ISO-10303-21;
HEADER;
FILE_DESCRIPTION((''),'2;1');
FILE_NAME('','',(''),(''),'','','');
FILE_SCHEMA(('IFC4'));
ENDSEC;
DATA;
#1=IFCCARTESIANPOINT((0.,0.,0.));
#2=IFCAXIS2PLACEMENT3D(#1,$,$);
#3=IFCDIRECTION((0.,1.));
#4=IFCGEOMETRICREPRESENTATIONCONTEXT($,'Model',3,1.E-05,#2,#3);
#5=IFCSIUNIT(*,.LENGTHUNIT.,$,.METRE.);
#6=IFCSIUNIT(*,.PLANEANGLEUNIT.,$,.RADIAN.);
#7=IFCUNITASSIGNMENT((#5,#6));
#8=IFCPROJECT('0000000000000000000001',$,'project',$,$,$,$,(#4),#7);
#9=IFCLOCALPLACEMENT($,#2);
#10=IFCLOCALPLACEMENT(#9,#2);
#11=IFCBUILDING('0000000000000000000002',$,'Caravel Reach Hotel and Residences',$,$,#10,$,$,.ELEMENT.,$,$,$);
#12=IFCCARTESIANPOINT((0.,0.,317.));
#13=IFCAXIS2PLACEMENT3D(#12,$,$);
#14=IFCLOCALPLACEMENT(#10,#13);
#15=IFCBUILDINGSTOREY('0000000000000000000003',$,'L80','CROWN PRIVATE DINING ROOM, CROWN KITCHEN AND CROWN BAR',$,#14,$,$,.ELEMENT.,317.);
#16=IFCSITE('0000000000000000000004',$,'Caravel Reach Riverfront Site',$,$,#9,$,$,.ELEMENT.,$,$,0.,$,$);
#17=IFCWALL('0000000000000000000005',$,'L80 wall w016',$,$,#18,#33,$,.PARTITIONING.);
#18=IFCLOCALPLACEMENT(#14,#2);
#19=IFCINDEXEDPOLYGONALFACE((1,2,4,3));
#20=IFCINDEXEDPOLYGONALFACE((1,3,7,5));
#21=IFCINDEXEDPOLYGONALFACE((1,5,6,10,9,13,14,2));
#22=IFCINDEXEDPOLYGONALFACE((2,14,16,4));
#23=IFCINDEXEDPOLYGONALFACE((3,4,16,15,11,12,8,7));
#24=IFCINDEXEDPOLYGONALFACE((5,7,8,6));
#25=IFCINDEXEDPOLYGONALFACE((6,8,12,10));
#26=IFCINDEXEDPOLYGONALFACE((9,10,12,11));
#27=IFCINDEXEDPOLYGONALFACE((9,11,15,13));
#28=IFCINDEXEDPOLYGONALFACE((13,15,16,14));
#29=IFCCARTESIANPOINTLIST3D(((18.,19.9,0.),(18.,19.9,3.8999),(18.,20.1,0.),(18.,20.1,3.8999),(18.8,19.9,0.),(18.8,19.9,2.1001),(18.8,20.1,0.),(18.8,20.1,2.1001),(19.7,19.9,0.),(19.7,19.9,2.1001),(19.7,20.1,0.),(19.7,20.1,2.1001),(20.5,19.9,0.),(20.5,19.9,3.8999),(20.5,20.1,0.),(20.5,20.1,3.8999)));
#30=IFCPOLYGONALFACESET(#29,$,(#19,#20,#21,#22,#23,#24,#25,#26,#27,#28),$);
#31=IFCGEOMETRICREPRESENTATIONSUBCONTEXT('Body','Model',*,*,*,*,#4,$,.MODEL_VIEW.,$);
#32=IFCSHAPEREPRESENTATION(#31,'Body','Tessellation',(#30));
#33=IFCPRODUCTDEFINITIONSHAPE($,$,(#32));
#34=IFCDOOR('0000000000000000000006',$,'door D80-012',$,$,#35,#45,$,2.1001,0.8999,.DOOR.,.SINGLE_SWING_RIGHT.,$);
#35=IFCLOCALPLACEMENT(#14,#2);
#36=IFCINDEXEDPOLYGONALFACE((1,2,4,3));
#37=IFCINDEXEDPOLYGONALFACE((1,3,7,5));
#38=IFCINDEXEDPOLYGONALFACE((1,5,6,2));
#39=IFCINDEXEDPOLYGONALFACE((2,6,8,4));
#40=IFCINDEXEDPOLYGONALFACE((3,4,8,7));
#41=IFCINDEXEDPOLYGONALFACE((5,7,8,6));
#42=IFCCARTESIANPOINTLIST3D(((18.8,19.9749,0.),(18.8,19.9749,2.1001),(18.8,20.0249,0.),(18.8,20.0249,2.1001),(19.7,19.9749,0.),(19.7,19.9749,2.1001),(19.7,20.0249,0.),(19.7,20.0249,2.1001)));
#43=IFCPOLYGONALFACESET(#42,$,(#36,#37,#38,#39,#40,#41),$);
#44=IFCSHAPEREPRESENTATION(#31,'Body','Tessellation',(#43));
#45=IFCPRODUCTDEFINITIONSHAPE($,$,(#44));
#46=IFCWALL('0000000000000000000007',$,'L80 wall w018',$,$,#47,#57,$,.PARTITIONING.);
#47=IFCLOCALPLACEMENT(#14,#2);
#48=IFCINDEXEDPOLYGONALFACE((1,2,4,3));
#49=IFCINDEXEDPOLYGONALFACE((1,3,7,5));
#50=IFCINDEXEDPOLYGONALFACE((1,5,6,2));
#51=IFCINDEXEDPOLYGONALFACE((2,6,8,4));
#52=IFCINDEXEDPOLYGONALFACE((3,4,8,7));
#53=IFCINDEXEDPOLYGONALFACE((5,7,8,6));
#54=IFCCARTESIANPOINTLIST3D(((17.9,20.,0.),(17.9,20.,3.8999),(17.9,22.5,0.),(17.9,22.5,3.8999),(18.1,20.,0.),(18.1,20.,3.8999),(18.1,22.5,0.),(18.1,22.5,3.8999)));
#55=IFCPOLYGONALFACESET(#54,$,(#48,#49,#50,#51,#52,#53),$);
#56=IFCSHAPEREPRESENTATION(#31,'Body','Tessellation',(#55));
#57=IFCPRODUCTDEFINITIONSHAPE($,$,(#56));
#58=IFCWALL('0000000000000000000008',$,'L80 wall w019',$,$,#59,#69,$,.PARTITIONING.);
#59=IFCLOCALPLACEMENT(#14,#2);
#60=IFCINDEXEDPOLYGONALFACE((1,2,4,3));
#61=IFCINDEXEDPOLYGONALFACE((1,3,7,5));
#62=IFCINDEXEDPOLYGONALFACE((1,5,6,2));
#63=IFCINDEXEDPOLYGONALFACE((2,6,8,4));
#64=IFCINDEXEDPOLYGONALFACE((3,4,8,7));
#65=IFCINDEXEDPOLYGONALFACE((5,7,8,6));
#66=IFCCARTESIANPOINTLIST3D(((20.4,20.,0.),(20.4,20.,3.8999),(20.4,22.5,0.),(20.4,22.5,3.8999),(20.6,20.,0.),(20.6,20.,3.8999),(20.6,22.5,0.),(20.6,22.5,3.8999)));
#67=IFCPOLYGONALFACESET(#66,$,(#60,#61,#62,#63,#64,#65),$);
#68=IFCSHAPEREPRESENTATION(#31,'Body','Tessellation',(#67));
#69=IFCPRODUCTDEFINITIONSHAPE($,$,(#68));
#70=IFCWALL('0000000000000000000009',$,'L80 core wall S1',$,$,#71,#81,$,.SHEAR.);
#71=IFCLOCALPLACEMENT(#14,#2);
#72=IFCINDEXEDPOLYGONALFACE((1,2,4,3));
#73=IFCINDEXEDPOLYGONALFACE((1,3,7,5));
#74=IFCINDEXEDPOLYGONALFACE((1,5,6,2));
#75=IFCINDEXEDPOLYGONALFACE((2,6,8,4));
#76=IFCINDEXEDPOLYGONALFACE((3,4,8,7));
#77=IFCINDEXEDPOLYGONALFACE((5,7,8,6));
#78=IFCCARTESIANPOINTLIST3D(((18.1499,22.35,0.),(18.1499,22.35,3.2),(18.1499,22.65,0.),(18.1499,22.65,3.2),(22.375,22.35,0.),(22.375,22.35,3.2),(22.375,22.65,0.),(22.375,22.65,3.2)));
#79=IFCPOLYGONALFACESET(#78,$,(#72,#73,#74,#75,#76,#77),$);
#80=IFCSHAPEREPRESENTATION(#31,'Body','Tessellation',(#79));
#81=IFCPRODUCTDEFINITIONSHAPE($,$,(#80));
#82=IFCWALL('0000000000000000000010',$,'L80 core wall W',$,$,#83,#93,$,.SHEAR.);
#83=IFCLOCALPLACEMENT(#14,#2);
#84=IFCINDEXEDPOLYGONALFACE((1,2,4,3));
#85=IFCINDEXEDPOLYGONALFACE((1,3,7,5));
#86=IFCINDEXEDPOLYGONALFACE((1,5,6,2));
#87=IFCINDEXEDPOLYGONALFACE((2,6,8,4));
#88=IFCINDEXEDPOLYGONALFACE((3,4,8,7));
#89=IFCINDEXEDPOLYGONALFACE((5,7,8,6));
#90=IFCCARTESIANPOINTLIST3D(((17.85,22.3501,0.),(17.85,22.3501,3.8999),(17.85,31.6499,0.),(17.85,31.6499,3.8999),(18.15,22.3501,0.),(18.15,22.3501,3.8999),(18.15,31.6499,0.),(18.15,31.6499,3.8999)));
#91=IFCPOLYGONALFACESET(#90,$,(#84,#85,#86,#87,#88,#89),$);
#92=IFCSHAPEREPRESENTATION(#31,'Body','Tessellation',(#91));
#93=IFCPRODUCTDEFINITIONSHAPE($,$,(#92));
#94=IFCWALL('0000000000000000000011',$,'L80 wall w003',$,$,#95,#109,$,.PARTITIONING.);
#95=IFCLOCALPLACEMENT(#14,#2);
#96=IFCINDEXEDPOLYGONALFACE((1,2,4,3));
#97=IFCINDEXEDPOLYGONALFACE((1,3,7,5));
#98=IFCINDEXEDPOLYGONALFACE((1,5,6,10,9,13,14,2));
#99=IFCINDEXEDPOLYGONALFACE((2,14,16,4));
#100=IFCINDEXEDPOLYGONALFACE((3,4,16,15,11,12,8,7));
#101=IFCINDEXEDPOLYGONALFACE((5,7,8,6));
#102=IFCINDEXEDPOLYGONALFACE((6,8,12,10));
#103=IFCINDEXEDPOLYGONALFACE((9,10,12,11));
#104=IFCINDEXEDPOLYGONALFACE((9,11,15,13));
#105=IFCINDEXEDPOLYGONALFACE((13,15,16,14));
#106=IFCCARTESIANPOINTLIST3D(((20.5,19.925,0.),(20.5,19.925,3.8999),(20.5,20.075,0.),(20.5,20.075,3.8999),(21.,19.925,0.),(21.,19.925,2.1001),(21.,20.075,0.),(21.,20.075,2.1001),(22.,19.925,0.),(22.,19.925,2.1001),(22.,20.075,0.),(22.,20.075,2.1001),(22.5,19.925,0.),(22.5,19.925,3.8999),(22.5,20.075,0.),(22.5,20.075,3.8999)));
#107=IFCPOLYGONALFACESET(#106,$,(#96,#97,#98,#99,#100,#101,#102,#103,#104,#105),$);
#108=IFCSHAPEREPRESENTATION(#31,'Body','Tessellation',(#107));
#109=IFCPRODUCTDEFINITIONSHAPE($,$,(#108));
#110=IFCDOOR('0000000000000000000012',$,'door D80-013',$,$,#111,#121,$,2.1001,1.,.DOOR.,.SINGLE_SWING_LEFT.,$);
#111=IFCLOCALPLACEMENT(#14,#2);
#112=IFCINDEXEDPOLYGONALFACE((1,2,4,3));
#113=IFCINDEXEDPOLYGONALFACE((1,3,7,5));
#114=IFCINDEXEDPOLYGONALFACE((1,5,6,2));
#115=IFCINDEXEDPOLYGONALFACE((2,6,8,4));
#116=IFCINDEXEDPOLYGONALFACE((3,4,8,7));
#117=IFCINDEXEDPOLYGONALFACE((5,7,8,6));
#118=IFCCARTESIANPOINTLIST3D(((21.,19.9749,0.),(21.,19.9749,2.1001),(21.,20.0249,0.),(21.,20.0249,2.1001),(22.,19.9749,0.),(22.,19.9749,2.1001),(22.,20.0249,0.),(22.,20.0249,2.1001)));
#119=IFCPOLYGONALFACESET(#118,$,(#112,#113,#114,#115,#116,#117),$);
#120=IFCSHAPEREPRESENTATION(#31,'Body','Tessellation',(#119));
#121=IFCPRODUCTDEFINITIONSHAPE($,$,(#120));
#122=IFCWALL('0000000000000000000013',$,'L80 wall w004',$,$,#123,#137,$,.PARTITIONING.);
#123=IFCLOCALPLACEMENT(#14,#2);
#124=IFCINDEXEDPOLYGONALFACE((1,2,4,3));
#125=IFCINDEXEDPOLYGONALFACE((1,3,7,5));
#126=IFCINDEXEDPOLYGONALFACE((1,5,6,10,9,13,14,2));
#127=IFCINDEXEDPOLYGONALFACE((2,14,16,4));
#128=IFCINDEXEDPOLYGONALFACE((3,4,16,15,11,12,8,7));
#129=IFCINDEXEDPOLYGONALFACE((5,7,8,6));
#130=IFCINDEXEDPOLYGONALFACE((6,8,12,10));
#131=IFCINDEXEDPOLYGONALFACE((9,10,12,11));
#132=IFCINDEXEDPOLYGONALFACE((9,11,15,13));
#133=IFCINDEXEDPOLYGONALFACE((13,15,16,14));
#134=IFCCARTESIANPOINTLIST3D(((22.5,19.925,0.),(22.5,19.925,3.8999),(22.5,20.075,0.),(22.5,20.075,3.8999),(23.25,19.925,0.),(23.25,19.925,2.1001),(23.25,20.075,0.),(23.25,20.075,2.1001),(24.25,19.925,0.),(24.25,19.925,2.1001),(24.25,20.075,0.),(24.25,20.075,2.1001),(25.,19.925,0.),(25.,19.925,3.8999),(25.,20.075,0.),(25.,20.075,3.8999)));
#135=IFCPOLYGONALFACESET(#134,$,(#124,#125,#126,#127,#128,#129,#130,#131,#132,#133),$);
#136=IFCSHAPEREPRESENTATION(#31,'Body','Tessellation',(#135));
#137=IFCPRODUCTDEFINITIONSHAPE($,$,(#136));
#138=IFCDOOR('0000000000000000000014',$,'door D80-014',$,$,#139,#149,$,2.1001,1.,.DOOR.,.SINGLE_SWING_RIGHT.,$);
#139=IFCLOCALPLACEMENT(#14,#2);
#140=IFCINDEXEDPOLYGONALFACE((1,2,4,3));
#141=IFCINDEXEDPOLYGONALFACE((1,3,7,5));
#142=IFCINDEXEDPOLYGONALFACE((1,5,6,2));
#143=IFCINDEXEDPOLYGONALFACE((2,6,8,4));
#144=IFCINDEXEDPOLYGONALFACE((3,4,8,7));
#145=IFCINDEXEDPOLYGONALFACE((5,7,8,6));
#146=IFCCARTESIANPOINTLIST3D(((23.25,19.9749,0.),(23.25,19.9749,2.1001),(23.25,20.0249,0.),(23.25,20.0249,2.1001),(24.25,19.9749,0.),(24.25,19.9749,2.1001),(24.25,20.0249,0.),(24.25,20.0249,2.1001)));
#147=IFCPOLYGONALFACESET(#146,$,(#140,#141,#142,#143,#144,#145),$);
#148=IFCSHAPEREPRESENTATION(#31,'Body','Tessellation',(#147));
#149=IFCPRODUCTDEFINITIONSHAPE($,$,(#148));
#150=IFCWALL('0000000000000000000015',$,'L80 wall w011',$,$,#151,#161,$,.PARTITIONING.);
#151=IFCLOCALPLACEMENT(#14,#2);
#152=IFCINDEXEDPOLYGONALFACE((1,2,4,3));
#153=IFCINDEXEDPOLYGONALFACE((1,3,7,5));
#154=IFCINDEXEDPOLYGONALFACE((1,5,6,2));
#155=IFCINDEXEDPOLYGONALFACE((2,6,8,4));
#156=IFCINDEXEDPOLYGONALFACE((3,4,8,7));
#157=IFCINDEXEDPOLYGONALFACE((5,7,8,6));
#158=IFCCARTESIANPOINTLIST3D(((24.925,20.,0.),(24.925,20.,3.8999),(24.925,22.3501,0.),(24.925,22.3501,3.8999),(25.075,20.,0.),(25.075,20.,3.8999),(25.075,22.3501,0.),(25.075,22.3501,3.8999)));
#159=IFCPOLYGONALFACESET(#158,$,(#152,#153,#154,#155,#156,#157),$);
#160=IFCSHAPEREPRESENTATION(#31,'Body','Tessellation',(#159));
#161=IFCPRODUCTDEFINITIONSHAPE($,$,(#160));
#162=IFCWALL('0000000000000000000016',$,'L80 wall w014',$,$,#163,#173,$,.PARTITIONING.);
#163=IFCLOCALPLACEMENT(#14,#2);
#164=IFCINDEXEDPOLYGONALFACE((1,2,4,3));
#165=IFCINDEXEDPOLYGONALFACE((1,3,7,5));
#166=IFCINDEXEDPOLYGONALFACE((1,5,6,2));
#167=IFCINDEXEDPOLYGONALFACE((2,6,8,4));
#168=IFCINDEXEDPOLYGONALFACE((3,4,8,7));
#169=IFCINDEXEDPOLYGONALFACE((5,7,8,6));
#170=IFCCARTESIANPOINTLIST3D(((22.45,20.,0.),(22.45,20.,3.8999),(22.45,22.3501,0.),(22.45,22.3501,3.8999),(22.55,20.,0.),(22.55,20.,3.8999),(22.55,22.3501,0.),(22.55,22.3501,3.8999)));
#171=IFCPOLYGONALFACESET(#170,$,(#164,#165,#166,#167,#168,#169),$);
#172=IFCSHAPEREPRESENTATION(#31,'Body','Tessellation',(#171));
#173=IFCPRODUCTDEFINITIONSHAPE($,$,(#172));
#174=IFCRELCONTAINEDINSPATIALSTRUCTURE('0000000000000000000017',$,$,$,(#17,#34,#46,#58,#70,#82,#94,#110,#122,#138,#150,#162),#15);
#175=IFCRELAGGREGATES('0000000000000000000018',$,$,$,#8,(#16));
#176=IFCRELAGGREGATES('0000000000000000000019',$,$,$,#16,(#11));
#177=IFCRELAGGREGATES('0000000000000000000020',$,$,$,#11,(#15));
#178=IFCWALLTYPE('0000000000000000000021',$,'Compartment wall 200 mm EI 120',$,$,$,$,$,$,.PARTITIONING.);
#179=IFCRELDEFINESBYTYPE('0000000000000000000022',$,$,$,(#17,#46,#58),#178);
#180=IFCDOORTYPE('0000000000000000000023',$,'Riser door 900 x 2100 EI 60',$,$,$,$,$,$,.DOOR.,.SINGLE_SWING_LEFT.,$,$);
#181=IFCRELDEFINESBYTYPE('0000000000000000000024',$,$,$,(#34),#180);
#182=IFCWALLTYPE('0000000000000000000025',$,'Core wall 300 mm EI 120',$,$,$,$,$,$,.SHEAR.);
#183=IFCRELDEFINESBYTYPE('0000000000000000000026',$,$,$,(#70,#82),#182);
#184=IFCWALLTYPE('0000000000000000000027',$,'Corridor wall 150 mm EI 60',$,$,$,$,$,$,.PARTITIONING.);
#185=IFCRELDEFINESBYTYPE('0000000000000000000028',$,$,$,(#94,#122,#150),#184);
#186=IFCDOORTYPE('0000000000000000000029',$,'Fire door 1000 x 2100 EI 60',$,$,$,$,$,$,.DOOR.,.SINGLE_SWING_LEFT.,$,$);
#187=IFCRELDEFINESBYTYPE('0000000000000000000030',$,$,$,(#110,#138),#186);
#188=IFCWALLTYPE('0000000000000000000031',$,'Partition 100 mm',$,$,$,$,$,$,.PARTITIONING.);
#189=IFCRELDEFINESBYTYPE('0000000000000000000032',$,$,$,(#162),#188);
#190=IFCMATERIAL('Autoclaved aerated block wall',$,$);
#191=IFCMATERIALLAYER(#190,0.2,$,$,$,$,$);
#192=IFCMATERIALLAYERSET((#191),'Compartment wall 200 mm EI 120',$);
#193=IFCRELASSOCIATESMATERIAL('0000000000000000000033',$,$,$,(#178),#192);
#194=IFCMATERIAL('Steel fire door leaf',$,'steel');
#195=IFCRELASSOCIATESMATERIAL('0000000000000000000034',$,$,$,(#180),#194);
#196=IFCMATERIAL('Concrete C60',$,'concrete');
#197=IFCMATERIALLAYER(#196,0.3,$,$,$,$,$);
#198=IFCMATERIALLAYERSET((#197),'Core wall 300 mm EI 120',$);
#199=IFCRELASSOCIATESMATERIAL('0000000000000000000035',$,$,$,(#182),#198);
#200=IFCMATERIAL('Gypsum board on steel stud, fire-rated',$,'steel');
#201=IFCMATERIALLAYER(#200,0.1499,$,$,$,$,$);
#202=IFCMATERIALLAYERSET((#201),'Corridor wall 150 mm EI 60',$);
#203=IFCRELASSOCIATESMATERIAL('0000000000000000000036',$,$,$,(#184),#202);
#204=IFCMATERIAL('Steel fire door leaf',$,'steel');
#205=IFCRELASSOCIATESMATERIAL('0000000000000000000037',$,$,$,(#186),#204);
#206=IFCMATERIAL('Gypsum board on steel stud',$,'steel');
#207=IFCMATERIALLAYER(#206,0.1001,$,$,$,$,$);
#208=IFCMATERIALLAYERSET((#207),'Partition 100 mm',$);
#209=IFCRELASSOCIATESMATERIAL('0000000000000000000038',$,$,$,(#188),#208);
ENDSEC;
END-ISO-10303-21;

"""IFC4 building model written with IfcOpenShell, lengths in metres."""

from ifc_helpers import new_model, si_unit, direction, frame, frame_2d, origin, place, context, subcontext, project, spatial, rectangle, extrude, material, layer, layer_set, type_object, element, fill, save


model = new_model("IFC4")

# Units and contexts
model_context = context("Model", 3, precision=1e-05, world=origin(), true_north=direction((0.0, 1.0)))
body_context = subcontext(model_context, "Body", "Model", "MODEL_VIEW")
ifc_project = project(units=[si_unit("LENGTHUNIT", "METRE"), si_unit("PLANEANGLEUNIT", "RADIAN")], contexts=[model_context])

# Site, building, storey
site_placement = place(None, origin())
site = spatial("IfcSite", under=ifc_project, at=site_placement, Name="Caravel Reach Riverfront Site", CompositionType="ELEMENT", RefElevation=0.0)
building_placement = place(site_placement, origin())
building = spatial("IfcBuilding", under=site, at=building_placement, Name="Caravel Reach Hotel and Residences", CompositionType="ELEMENT")
storey_placement = place(building_placement, frame((0.0, 0.0, 317.0)))
storey = spatial("IfcBuildingStorey", under=building, at=storey_placement, Name="L80", Description="CROWN PRIVATE DINING ROOM, CROWN KITCHEN AND CROWN BAR", CompositionType="ELEMENT", Elevation=317.0)

# Wall, opening, door
ifc_material_1 = material(Name="Autoclaved aerated block wall")
ifc_layer_1 = layer(ifc_material_1, 0.2)
ifc_layer_set_1 = layer_set([ifc_layer_1], Name="Compartment wall 200 mm EI 120")
wall_type_1 = type_object("IfcWallType", Name="Compartment wall 200 mm EI 120", PredefinedType="PARTITIONING", material=ifc_layer_set_1)
wall_1_placement = place(storey_placement, frame((18.0, 20.0, 0.0), z_axis=(0.0, 0.0, 1.0), x_axis=(1.0, 0.0, 0.0)))
wall_1 = element("IfcWall", 1, at=wall_1_placement, inside=storey, type_object=wall_type_1, Name="L80 wall w016", PredefinedType="PARTITIONING", context=body_context, shape_type="SweptSolid", body=[
    extrude(rectangle(XDim=2.5, YDim=0.2, at=frame_2d((1.25, 0.0))), origin(), (0.0, 0.0, 1.0), 3.8999),
])
opening_1_placement = place(wall_1_placement, frame((0.8, 0.0, 0.0)))
opening_1 = element("IfcOpeningElement", 2, at=opening_1_placement, cuts=wall_1, PredefinedType="OPENING", context=body_context, shape_type="SweptSolid", body=[
    extrude(rectangle(XDim=0.8999, YDim=2.1001, at=frame_2d((0.45, 1.05))), frame((0.0, 0.1099, 0.0), z_axis=(0.0, -1.0, 0.0), x_axis=(1.0, 0.0, 0.0)), (0.0, 0.0, 1.0), 0.22),
])
ifc_material_2 = material(Name="Steel fire door leaf", Category="steel")
door_type_1 = type_object("IfcDoorType", Name="Riser door 900 x 2100 EI 60", OperationType="SINGLE_SWING_LEFT", PredefinedType="DOOR", material=ifc_material_2)
door_1_placement = place(opening_1_placement, origin())
door_1 = element("IfcDoor", 3, at=door_1_placement, inside=storey, type_object=door_type_1, Name="door D80-012", OperationType="SINGLE_SWING_RIGHT", OverallHeight=2.1001, OverallWidth=0.8999, PredefinedType="DOOR", context=body_context, shape_type="SweptSolid", body=[
    extrude(rectangle(XDim=0.8999, YDim=2.1001, at=frame_2d((0.45, 1.05))), frame((0.0, 0.0249, 0.0), z_axis=(0.0, -1.0, 0.0), x_axis=(1.0, 0.0, 0.0)), (0.0, 0.0, 1.0), 0.05),
])
fill(opening_1, door_1)

# Walls
for number, where, z_axis, x_axis, name in (
    (4, (18.0, 20.0, 0.0), (0.0, 0.0, 1.0), (0.0, 1.0, 0.0), "L80 wall w018"),
    (5, (20.5, 20.0, 0.0), (0.0, 0.0, 1.0), (0.0, 1.0, 0.0), "L80 wall w019"),
):
    element("IfcWall", number, at=place(storey_placement, frame(where, z_axis=z_axis, x_axis=x_axis)), inside=storey, type_object=wall_type_1, Name=name, PredefinedType="PARTITIONING", context=body_context, shape_type="SweptSolid", body=[
        extrude(rectangle(XDim=2.5, YDim=0.2, at=frame_2d((1.25, 0.0))), origin(), (0.0, 0.0, 1.0), 3.8999),
    ])
ifc_material_3 = material(Name="Concrete C60", Category="concrete")
ifc_layer_2 = layer(ifc_material_3, 0.3)
ifc_layer_set_2 = layer_set([ifc_layer_2], Name="Core wall 300 mm EI 120")
wall_type_2 = type_object("IfcWallType", Name="Core wall 300 mm EI 120", PredefinedType="SHEAR", material=ifc_layer_set_2)
wall_2_placement = place(storey_placement, frame((18.1499, 22.5, 0.0), z_axis=(0.0, 0.0, 1.0), x_axis=(1.0, 0.0, 0.0)))
element("IfcWall", 6, at=wall_2_placement, inside=storey, type_object=wall_type_2, Name="L80 core wall S1", PredefinedType="SHEAR", context=body_context, shape_type="SweptSolid", body=[
    extrude(rectangle(XDim=4.2251, YDim=0.3, at=frame_2d((2.1125, 0.0))), origin(), (0.0, 0.0, 1.0), 3.2),
])
wall_3_placement = place(storey_placement, frame((18.0, 22.3501, 0.0), z_axis=(0.0, 0.0, 1.0), x_axis=(0.0, 1.0, 0.0)))
element("IfcWall", 7, at=wall_3_placement, inside=storey, type_object=wall_type_2, Name="L80 core wall W", PredefinedType="SHEAR", context=body_context, shape_type="SweptSolid", body=[
    extrude(rectangle(XDim=9.2998, YDim=0.3, at=frame_2d((4.6499, 0.0))), origin(), (0.0, 0.0, 1.0), 3.8999),
])

# Walls, openings, doors
ifc_material_4 = material(Name="Gypsum board on steel stud, fire-rated", Category="steel")
ifc_layer_3 = layer(ifc_material_4, 0.1499)
ifc_layer_set_3 = layer_set([ifc_layer_3], Name="Corridor wall 150 mm EI 60")
wall_type_3 = type_object("IfcWallType", Name="Corridor wall 150 mm EI 60", PredefinedType="PARTITIONING", material=ifc_layer_set_3)
wall_4_placement = place(storey_placement, frame((20.5, 20.0, 0.0), z_axis=(0.0, 0.0, 1.0), x_axis=(1.0, 0.0, 0.0)))
wall_4 = element("IfcWall", 8, at=wall_4_placement, inside=storey, type_object=wall_type_3, Name="L80 wall w003", PredefinedType="PARTITIONING", context=body_context, shape_type="SweptSolid", body=[
    extrude(rectangle(XDim=2.0, YDim=0.1499, at=frame_2d((1.0, 0.0))), origin(), (0.0, 0.0, 1.0), 3.8999),
])
opening_2_placement = place(wall_4_placement, frame((0.5, 0.0, 0.0)))
opening_2 = element("IfcOpeningElement", 9, at=opening_2_placement, cuts=wall_4, PredefinedType="OPENING", context=body_context, shape_type="SweptSolid", body=[
    extrude(rectangle(XDim=1.0, YDim=2.1001, at=frame_2d((0.5, 1.05))), frame((0.0, 0.085, 0.0), z_axis=(0.0, -1.0, 0.0), x_axis=(1.0, 0.0, 0.0)), (0.0, 0.0, 1.0), 0.1699),
])
ifc_material_5 = material(Name="Steel fire door leaf", Category="steel")
door_type_2 = type_object("IfcDoorType", Name="Fire door 1000 x 2100 EI 60", OperationType="SINGLE_SWING_LEFT", PredefinedType="DOOR", material=ifc_material_5)
door_2_placement = place(opening_2_placement, origin())
door_2 = element("IfcDoor", 10, at=door_2_placement, inside=storey, type_object=door_type_2, Name="door D80-013", OperationType="SINGLE_SWING_LEFT", OverallHeight=2.1001, OverallWidth=1.0, PredefinedType="DOOR", context=body_context, shape_type="SweptSolid", body=[
    extrude(rectangle(XDim=1.0, YDim=2.1001, at=frame_2d((0.5, 1.05))), frame((0.0, 0.0249, 0.0), z_axis=(0.0, -1.0, 0.0), x_axis=(1.0, 0.0, 0.0)), (0.0, 0.0, 1.0), 0.05),
])
fill(opening_2, door_2)
wall_5_placement = place(storey_placement, frame((22.5, 20.0, 0.0), z_axis=(0.0, 0.0, 1.0), x_axis=(1.0, 0.0, 0.0)))
wall_5 = element("IfcWall", 11, at=wall_5_placement, inside=storey, type_object=wall_type_3, Name="L80 wall w004", PredefinedType="PARTITIONING", context=body_context, shape_type="SweptSolid", body=[
    extrude(rectangle(XDim=2.5, YDim=0.1499, at=frame_2d((1.25, 0.0))), origin(), (0.0, 0.0, 1.0), 3.8999),
])
opening_3_placement = place(wall_5_placement, frame((0.75, 0.0, 0.0)))
opening_3 = element("IfcOpeningElement", 12, at=opening_3_placement, cuts=wall_5, PredefinedType="OPENING", context=body_context, shape_type="SweptSolid", body=[
    extrude(rectangle(XDim=1.0, YDim=2.1001, at=frame_2d((0.5, 1.05))), frame((0.0, 0.085, 0.0), z_axis=(0.0, -1.0, 0.0), x_axis=(1.0, 0.0, 0.0)), (0.0, 0.0, 1.0), 0.1699),
])
door_3_placement = place(opening_3_placement, origin())
door_3 = element("IfcDoor", 13, at=door_3_placement, inside=storey, type_object=door_type_2, Name="door D80-014", OperationType="SINGLE_SWING_RIGHT", OverallHeight=2.1001, OverallWidth=1.0, PredefinedType="DOOR", context=body_context, shape_type="SweptSolid", body=[
    extrude(rectangle(XDim=1.0, YDim=2.1001, at=frame_2d((0.5, 1.05))), frame((0.0, 0.0249, 0.0), z_axis=(0.0, -1.0, 0.0), x_axis=(1.0, 0.0, 0.0)), (0.0, 0.0, 1.0), 0.05),
])
fill(opening_3, door_3)

# Walls
wall_6_placement = place(storey_placement, frame((25.0, 20.0, 0.0), z_axis=(0.0, 0.0, 1.0), x_axis=(0.0, 1.0, 0.0)))
element("IfcWall", 14, at=wall_6_placement, inside=storey, type_object=wall_type_3, Name="L80 wall w011", PredefinedType="PARTITIONING", context=body_context, shape_type="SweptSolid", body=[
    extrude(rectangle(XDim=2.3501, YDim=0.1499, at=frame_2d((1.175, 0.0))), origin(), (0.0, 0.0, 1.0), 3.8999),
])
ifc_material_6 = material(Name="Gypsum board on steel stud", Category="steel")
ifc_layer_4 = layer(ifc_material_6, 0.1001)
ifc_layer_set_4 = layer_set([ifc_layer_4], Name="Partition 100 mm")
wall_type_4 = type_object("IfcWallType", Name="Partition 100 mm", PredefinedType="PARTITIONING", material=ifc_layer_set_4)
wall_7_placement = place(storey_placement, frame((22.5, 20.0, 0.0), z_axis=(0.0, 0.0, 1.0), x_axis=(0.0, 1.0, 0.0)))
element("IfcWall", 15, at=wall_7_placement, inside=storey, type_object=wall_type_4, Name="L80 wall w014", PredefinedType="PARTITIONING", context=body_context, shape_type="SweptSolid", body=[
    extrude(rectangle(XDim=2.3501, YDim=0.1001, at=frame_2d((1.175, 0.0))), origin(), (0.0, 0.0, 1.0), 3.8999),
])

save(model, "model.ifc")
